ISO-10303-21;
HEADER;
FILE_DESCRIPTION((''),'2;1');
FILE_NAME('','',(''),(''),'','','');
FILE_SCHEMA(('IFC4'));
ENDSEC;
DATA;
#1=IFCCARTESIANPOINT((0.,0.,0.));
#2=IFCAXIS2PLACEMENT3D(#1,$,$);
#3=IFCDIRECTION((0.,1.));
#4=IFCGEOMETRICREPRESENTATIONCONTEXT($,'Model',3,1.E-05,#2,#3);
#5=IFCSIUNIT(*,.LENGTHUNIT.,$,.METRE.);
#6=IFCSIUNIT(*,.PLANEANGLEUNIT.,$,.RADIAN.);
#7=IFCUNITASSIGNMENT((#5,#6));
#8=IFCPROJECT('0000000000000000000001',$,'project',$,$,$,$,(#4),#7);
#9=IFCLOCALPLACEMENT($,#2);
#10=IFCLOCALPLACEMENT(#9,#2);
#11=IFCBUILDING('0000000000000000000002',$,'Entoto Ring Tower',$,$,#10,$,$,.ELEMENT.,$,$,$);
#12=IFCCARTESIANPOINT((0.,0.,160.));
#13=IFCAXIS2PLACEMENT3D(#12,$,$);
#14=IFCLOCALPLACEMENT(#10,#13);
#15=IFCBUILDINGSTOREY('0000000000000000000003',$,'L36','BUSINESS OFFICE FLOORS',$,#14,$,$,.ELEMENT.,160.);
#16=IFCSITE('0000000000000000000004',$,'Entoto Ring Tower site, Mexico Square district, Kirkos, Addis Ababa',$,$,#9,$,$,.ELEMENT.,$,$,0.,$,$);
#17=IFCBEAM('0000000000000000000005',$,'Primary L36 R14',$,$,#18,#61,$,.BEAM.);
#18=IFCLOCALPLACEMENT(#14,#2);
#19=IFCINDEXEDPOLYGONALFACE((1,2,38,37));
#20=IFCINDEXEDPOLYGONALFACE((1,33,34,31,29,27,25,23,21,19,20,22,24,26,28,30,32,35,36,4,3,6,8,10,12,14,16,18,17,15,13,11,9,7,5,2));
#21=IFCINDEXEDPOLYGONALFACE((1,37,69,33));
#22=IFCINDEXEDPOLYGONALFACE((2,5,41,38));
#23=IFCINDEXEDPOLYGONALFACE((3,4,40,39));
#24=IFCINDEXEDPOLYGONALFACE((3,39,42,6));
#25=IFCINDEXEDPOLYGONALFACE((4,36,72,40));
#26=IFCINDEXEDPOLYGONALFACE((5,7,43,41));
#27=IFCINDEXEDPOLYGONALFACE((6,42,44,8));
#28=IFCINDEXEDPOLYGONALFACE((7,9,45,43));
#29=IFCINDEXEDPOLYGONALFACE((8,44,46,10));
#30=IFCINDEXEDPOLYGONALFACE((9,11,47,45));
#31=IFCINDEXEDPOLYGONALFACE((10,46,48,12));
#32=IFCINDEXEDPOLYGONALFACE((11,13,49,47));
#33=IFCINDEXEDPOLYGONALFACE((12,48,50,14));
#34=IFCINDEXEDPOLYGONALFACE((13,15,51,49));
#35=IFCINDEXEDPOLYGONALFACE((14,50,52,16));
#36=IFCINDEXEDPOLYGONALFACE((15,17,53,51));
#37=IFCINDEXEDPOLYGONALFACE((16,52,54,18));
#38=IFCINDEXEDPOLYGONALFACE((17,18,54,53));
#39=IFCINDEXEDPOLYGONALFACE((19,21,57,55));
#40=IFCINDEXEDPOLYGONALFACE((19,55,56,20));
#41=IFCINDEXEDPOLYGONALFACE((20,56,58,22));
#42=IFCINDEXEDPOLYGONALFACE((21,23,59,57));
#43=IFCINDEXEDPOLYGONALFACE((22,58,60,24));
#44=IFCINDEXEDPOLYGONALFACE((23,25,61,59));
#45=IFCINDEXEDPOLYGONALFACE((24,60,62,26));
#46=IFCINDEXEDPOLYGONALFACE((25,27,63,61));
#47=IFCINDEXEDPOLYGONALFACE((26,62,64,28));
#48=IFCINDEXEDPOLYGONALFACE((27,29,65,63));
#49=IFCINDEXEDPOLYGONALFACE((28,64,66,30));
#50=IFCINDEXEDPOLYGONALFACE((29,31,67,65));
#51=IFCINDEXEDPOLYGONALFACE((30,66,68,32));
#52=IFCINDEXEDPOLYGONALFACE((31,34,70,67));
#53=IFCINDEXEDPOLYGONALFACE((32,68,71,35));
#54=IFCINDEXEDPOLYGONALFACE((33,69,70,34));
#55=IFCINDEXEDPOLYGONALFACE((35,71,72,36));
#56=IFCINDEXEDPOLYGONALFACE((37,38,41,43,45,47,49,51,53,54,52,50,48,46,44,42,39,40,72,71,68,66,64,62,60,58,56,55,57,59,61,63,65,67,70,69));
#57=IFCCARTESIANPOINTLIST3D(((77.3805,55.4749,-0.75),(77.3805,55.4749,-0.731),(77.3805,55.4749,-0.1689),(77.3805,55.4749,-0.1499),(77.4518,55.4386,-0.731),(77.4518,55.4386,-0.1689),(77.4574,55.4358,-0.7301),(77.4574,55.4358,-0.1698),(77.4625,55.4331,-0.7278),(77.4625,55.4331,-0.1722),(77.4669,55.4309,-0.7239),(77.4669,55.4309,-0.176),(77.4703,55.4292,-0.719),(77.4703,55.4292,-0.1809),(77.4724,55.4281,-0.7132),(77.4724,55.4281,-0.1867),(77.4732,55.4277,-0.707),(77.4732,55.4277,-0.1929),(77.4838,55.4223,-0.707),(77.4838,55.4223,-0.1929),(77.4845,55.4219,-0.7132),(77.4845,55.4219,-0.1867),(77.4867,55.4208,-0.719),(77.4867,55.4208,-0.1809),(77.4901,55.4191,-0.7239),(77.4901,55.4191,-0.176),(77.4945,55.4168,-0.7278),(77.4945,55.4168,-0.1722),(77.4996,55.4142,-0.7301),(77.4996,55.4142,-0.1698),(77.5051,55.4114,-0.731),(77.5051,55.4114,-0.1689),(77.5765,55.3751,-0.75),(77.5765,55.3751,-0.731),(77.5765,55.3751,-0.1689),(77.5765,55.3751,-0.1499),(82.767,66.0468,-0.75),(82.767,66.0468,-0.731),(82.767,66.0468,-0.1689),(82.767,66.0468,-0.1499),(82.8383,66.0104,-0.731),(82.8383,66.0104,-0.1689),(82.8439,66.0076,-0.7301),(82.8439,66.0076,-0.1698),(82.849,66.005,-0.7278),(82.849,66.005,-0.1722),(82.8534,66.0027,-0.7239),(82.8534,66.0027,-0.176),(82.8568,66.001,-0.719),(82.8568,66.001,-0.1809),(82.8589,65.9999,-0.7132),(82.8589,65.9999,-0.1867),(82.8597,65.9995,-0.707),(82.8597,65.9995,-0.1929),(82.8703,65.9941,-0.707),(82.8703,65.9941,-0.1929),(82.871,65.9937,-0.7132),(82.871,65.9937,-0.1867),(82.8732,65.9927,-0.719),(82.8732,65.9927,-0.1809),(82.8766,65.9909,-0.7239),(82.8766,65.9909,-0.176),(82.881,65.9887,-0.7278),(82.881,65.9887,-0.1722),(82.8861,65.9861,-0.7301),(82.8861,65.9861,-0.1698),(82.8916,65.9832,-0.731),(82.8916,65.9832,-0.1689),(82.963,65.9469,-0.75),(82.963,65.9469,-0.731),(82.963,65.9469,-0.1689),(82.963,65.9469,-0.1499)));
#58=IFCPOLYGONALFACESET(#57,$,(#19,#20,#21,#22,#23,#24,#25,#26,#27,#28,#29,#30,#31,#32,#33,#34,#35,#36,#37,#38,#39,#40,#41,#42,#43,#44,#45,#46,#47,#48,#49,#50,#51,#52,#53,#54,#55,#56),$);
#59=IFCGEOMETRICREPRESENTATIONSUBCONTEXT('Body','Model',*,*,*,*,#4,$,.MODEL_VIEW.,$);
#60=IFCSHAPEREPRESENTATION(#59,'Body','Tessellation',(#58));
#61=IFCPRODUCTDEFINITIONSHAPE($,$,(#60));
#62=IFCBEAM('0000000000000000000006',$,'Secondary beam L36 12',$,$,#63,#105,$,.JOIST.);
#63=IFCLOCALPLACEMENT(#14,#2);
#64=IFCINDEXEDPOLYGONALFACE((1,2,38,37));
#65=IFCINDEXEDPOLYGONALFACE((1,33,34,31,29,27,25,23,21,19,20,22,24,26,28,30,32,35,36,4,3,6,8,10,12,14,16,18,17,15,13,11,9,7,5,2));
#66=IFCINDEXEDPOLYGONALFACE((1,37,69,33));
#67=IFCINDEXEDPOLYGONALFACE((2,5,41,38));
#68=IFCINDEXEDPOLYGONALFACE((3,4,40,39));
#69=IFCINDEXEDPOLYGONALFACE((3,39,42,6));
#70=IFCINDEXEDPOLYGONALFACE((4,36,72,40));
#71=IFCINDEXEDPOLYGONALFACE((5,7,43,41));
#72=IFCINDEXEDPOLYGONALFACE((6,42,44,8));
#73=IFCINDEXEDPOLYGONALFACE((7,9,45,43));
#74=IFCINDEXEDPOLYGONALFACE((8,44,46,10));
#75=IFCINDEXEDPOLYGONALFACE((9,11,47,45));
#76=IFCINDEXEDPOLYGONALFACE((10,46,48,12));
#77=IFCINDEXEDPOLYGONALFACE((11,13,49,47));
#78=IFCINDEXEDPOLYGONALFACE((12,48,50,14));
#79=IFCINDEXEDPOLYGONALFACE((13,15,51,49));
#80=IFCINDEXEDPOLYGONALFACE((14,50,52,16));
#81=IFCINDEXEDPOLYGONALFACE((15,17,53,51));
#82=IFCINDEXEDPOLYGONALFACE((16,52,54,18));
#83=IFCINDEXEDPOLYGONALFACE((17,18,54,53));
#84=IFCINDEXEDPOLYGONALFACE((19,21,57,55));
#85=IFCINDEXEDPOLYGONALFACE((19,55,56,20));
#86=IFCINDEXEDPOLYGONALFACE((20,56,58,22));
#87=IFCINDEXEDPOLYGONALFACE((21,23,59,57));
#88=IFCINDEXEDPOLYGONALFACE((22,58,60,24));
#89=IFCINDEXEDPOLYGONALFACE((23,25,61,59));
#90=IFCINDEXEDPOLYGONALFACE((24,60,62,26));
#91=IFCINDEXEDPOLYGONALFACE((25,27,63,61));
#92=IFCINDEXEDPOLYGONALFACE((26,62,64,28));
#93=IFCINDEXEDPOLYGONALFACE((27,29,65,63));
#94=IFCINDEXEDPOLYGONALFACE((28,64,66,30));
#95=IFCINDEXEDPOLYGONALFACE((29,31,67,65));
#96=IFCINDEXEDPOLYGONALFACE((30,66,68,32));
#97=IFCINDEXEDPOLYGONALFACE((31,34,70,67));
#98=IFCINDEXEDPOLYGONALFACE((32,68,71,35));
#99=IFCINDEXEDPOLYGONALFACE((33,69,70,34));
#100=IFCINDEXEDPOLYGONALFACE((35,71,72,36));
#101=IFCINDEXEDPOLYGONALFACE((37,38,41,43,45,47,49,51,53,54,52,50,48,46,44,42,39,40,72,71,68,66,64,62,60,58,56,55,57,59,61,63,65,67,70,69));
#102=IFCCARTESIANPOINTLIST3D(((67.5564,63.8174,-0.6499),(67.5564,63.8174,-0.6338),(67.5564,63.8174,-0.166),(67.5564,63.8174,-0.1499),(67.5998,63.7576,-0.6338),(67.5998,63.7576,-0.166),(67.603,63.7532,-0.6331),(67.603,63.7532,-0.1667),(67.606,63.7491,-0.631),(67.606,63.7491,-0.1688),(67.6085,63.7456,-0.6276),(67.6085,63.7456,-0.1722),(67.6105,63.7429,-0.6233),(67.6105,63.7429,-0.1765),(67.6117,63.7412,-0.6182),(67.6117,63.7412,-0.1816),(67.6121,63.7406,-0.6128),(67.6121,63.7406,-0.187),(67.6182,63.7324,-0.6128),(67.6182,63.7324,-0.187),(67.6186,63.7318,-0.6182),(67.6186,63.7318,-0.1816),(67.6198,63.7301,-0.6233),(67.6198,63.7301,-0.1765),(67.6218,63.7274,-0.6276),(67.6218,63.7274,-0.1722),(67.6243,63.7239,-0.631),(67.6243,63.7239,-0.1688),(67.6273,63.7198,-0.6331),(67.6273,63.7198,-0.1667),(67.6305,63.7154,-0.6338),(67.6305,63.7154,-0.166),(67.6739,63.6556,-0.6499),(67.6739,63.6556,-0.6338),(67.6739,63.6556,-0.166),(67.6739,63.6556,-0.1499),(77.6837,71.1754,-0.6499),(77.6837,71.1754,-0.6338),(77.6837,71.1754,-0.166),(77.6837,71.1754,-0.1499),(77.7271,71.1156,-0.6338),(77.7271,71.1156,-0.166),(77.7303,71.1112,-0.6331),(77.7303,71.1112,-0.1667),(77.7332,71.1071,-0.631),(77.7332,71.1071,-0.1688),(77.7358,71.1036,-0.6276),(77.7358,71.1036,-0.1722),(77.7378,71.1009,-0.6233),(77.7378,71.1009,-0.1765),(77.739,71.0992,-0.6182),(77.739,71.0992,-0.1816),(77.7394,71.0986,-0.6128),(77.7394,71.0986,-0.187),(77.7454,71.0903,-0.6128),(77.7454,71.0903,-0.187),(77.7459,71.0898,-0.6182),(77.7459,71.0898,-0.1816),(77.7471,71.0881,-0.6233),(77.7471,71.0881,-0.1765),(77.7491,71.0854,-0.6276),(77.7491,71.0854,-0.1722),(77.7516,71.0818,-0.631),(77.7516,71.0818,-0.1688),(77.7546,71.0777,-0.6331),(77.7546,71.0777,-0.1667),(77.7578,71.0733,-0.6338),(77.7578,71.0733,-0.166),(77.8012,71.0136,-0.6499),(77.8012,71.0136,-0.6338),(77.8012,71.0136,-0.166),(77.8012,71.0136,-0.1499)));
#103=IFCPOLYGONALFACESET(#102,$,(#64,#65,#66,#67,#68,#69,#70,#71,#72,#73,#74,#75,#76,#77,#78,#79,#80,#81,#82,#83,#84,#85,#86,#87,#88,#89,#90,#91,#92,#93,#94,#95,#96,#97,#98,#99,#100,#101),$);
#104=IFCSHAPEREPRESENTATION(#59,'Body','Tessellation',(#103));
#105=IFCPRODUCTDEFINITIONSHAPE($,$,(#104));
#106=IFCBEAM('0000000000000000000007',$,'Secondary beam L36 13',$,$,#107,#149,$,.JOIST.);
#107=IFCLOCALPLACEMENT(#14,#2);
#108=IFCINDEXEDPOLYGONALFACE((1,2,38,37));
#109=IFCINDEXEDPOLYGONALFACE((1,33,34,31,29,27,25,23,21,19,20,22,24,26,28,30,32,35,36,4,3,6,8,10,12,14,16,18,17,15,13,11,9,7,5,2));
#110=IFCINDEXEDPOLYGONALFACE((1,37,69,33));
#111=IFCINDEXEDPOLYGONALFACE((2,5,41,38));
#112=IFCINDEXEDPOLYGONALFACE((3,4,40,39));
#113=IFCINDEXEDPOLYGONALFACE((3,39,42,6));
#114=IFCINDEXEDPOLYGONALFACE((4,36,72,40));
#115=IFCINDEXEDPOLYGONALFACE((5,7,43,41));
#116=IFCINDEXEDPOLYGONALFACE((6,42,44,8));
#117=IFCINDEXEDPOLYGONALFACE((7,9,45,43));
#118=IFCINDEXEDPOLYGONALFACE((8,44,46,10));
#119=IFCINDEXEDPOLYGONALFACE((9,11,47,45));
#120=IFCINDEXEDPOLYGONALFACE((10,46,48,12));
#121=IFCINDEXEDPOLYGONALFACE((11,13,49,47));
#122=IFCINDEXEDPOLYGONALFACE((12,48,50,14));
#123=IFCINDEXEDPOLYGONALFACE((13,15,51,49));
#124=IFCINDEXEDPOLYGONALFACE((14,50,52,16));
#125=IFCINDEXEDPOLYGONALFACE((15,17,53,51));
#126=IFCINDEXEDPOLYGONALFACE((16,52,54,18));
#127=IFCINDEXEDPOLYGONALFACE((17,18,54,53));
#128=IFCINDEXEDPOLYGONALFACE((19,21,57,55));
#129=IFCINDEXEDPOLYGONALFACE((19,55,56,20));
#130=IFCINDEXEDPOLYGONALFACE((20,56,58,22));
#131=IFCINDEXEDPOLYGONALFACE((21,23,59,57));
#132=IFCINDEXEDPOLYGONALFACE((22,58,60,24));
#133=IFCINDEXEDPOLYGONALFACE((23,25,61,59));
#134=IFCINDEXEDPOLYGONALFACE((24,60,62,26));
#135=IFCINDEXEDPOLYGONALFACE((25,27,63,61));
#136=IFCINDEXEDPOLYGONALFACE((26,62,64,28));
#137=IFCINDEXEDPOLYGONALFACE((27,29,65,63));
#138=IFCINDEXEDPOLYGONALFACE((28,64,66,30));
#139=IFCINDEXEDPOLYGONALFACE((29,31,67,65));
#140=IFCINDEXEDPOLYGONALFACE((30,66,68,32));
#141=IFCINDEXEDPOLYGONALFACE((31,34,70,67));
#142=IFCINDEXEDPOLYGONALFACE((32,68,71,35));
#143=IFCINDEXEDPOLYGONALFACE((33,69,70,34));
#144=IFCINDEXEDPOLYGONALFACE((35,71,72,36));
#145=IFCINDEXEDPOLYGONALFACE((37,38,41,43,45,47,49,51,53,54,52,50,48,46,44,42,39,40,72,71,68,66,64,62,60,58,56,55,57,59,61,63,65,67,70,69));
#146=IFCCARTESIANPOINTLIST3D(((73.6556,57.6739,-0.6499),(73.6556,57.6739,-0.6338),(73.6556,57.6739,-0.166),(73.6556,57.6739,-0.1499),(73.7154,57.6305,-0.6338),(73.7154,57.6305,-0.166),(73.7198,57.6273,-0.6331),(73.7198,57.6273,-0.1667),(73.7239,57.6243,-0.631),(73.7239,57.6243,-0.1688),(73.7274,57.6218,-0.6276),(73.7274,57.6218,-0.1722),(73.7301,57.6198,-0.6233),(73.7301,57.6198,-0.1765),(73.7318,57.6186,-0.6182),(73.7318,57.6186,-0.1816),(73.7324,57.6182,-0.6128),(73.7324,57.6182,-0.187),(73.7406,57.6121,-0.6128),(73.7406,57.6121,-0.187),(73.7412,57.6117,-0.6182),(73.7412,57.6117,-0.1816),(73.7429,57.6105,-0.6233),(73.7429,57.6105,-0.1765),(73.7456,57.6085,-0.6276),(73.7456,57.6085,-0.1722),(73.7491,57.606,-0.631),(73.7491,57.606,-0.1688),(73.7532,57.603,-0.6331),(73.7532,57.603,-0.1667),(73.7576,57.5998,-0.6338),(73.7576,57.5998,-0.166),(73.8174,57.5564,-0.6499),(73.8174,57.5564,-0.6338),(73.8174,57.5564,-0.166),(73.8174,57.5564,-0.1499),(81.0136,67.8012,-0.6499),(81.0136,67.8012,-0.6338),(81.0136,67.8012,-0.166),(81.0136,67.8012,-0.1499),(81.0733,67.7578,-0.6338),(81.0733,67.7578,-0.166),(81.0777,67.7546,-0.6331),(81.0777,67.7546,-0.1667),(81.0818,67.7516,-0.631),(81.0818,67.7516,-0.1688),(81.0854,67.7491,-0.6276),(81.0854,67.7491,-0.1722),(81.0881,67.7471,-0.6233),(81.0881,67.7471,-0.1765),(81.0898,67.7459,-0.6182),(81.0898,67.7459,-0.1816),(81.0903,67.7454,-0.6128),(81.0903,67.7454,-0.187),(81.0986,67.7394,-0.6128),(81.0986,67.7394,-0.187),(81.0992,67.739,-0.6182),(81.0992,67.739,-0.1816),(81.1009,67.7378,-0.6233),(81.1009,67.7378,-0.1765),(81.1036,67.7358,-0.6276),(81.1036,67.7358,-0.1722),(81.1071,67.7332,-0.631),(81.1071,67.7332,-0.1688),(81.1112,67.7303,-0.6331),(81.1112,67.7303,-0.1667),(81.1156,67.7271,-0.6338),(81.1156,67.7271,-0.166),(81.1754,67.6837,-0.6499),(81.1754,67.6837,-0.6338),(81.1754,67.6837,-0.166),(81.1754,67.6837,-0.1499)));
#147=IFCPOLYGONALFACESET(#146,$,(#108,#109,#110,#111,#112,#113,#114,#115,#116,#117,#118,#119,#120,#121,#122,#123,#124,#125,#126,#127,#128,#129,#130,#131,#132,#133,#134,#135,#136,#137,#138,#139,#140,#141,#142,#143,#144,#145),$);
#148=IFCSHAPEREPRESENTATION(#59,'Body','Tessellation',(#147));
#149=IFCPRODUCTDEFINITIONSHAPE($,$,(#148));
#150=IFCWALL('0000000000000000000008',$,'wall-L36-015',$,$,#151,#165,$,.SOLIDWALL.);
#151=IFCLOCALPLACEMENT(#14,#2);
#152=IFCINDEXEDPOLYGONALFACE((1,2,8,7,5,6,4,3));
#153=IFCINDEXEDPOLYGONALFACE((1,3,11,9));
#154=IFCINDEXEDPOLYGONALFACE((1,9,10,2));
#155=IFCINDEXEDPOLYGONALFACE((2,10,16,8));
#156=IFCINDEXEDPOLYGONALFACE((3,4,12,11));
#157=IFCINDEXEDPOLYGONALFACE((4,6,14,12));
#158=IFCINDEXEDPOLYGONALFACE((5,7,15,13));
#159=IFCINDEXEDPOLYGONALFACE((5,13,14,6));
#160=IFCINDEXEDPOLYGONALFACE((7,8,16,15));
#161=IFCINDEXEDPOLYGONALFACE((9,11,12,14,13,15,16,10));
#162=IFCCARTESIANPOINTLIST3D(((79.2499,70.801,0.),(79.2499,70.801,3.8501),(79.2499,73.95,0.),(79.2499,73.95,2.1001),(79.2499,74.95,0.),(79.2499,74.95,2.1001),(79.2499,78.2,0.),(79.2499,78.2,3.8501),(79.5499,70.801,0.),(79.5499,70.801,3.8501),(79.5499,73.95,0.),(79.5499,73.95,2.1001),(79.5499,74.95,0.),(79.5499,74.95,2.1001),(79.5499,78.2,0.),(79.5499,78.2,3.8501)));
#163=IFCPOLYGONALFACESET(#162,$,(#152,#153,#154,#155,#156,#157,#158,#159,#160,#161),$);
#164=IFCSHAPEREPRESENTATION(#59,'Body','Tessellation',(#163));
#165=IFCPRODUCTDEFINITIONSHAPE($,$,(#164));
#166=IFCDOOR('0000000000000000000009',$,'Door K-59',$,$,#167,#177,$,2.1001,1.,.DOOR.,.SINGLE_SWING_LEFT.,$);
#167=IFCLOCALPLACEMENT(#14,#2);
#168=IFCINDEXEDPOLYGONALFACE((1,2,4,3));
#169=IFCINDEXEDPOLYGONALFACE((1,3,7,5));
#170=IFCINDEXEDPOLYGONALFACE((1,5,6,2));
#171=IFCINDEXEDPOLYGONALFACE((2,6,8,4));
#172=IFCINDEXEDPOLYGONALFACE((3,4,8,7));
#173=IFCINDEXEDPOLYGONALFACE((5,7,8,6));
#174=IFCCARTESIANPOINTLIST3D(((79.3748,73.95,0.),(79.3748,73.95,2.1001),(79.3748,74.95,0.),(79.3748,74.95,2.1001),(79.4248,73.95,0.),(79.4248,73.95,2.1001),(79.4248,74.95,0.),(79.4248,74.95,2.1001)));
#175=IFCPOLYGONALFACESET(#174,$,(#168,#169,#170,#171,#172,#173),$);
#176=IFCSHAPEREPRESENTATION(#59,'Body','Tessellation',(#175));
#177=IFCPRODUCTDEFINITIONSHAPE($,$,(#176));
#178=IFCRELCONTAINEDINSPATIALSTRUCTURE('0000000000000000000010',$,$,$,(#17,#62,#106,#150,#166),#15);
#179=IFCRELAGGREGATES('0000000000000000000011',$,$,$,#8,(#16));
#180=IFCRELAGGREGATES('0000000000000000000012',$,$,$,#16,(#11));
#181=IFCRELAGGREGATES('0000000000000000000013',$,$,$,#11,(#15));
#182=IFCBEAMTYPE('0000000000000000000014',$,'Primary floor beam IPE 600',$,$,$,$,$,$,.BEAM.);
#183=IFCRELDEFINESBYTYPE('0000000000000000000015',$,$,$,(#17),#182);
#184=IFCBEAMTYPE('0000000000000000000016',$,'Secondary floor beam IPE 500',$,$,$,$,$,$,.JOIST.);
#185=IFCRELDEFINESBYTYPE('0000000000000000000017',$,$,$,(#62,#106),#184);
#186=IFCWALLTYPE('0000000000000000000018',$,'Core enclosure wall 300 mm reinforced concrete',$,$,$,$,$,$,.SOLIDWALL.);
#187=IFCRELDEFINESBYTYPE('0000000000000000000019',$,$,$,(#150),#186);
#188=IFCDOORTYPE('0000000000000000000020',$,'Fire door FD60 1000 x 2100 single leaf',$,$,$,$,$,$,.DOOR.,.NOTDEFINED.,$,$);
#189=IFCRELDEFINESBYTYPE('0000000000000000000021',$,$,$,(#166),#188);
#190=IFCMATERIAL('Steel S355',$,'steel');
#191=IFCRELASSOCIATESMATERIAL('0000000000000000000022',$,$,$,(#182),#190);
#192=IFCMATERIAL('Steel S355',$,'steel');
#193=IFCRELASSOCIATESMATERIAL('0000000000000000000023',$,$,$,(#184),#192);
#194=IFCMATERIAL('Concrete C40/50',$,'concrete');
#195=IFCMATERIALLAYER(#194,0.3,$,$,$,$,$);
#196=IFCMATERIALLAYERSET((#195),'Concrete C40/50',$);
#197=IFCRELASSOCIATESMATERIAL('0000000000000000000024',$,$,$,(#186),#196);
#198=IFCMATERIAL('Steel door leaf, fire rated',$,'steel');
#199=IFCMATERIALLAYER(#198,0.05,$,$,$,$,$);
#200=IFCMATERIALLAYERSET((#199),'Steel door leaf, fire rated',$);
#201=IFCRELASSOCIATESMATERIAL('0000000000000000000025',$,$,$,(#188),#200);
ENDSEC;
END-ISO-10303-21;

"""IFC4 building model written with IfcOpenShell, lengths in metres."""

from ifc_helpers import new_model, si_unit, direction, frame, frame_2d, origin, origin_2d, place, context, subcontext, project, spatial, rectangle, i_section, extrude, material, layer, layer_set, material_profile, profile_set, type_object, element, fill, save


model = new_model("IFC4")

# Units and contexts
model_context = context("Model", 3, precision=1e-05, world=origin(), true_north=direction((0.0, 1.0)))
body_context = subcontext(model_context, "Body", "Model", "MODEL_VIEW")
ifc_project = project(units=[si_unit("LENGTHUNIT", "METRE"), si_unit("PLANEANGLEUNIT", "RADIAN")], contexts=[model_context])

# Site, building, storey
site_placement = place(None, origin())
site = spatial("IfcSite", under=ifc_project, at=site_placement, Name="Entoto Ring Tower site, Mexico Square district, Kirkos, Addis Ababa", CompositionType="ELEMENT", RefElevation=0.0)
building_placement = place(site_placement, origin())
building = spatial("IfcBuilding", under=site, at=building_placement, Name="Entoto Ring Tower", CompositionType="ELEMENT")
storey_placement = place(building_placement, frame((0.0, 0.0, 160.0)))
storey = spatial("IfcBuildingStorey", under=building, at=storey_placement, Name="L36", Description="BUSINESS OFFICE FLOORS", CompositionType="ELEMENT", Elevation=160.0)

# Beams
ifc_material_1 = material(Name="Steel S355", Category="steel")
ifc_material_profile_1 = material_profile(ifc_material_1, i_section(OverallWidth=0.22, OverallDepth=0.6001, WebThickness=0.012, FlangeThickness=0.019, FilletRadius=0.0239, at=origin_2d()), Name="IPE 600")
ifc_profile_set_1 = profile_set([ifc_material_profile_1], Name="Steel S355")
beam_type_1 = type_object("IfcBeamType", Name="Primary floor beam IPE 600", PredefinedType="BEAM", material=ifc_profile_set_1)
beam_1_placement = place(storey_placement, frame((82.865, 65.9968, -0.45), z_axis=(-0.453983, -0.89101, 0.0), x_axis=(0.89101, -0.453983, 0.0)))
element("IfcBeam", 1, at=beam_1_placement, inside=storey, type_object=beam_type_1, Name="Primary L36 R14", PredefinedType="BEAM", context=body_context, shape_type="SweptSolid", body=[
    extrude(i_section(OverallWidth=0.22, OverallDepth=0.6001, WebThickness=0.012, FlangeThickness=0.019, FilletRadius=0.0239, at=origin_2d()), origin(), (0.0, 0.0, 1.0), 11.865),
])
ifc_material_2 = material(Name="Steel S355", Category="steel")
ifc_material_profile_2 = material_profile(ifc_material_2, i_section(OverallWidth=0.2, OverallDepth=0.5, WebThickness=0.0103, FlangeThickness=0.0161, FilletRadius=0.021, at=origin_2d()), Name="IPE 500")
ifc_profile_set_2 = profile_set([ifc_material_profile_2], Name="Steel S355")
beam_type_2 = type_object("IfcBeamType", Name="Secondary floor beam IPE 500", PredefinedType="JOIST", material=ifc_profile_set_2)
for number, where, z_axis, x_axis, name in (
    (2, (77.7424, 71.0945, -0.3999), (-0.809014, -0.587789, 0.0), (0.587789, -0.809014, 0.0), "Secondary beam L36 12"),
    (3, (81.0945, 67.7424, -0.3999), (-0.587789, -0.809014, 0.0), (0.809014, -0.587789, 0.0), "Secondary beam L36 13"),
):
    element("IfcBeam", number, at=place(storey_placement, frame(where, z_axis=z_axis, x_axis=x_axis)), inside=storey, type_object=beam_type_2, Name=name, PredefinedType="JOIST", context=body_context, shape_type="SweptSolid", body=[
        extrude(i_section(OverallWidth=0.2, OverallDepth=0.5, WebThickness=0.0103, FlangeThickness=0.0161, FilletRadius=0.021, at=origin_2d()), origin(), (0.0, 0.0, 1.0), 12.5181),
    ])

# Wall, opening, door
ifc_material_3 = material(Name="Concrete C40/50", Category="concrete")
ifc_layer_1 = layer(ifc_material_3, 0.3)
ifc_layer_set_1 = layer_set([ifc_layer_1], Name="Concrete C40/50")
wall_type_1 = type_object("IfcWallType", Name="Core enclosure wall 300 mm reinforced concrete", PredefinedType="SOLIDWALL", material=ifc_layer_set_1)
wall_1_placement = place(storey_placement, frame((79.3999, 70.801, 0.0), z_axis=(0.0, 0.0, 1.0), x_axis=(0.0, 1.0, 0.0)))
wall_1 = element("IfcWall", 4, at=wall_1_placement, inside=storey, type_object=wall_type_1, Name="wall-L36-015", PredefinedType="SOLIDWALL", context=body_context, shape_type="SweptSolid", body=[
    extrude(rectangle(XDim=7.3989, YDim=0.3, at=frame_2d((3.6995, 0.0))), origin(), (0.0, 0.0, 1.0), 3.8501),
])
opening_1_placement = place(wall_1_placement, frame((3.1489, 0.0, 0.0)))
opening_1 = element("IfcOpeningElement", 5, at=opening_1_placement, cuts=wall_1, PredefinedType="OPENING", context=body_context, shape_type="SweptSolid", body=[
    extrude(rectangle(XDim=1.0, YDim=2.1001, at=frame_2d((0.5, 1.05))), frame((0.0, 0.1602, 0.0), z_axis=(0.0, -1.0, 0.0), x_axis=(1.0, 0.0, 0.0)), (0.0, 0.0, 1.0), 0.3201),
])
ifc_material_4 = material(Name="Steel door leaf, fire rated", Category="steel")
ifc_layer_2 = layer(ifc_material_4, 0.05)
ifc_layer_set_2 = layer_set([ifc_layer_2], Name="Steel door leaf, fire rated")
door_type_1 = type_object("IfcDoorType", Name="Fire door FD60 1000 x 2100 single leaf", OperationType="NOTDEFINED", PredefinedType="DOOR", material=ifc_layer_set_2)
door_1_placement = place(opening_1_placement, frame((1.0, 0.0, 0.0), z_axis=(0.0, 0.0, 1.0), x_axis=(-1.0, 0.0, 0.0)))
door_1 = element("IfcDoor", 6, at=door_1_placement, inside=storey, type_object=door_type_1, Name="Door K-59", OperationType="SINGLE_SWING_LEFT", OverallHeight=2.1001, OverallWidth=1.0, PredefinedType="DOOR", context=body_context, shape_type="SweptSolid", body=[
    extrude(rectangle(XDim=1.0, YDim=2.1001, at=frame_2d((0.5, 1.05))), frame((0.0, 0.0249, 0.0), z_axis=(0.0, -1.0, 0.0), x_axis=(1.0, 0.0, 0.0)), (0.0, 0.0, 1.0), 0.05),
])
fill(opening_1, door_1)

save(model, "model.ifc")
